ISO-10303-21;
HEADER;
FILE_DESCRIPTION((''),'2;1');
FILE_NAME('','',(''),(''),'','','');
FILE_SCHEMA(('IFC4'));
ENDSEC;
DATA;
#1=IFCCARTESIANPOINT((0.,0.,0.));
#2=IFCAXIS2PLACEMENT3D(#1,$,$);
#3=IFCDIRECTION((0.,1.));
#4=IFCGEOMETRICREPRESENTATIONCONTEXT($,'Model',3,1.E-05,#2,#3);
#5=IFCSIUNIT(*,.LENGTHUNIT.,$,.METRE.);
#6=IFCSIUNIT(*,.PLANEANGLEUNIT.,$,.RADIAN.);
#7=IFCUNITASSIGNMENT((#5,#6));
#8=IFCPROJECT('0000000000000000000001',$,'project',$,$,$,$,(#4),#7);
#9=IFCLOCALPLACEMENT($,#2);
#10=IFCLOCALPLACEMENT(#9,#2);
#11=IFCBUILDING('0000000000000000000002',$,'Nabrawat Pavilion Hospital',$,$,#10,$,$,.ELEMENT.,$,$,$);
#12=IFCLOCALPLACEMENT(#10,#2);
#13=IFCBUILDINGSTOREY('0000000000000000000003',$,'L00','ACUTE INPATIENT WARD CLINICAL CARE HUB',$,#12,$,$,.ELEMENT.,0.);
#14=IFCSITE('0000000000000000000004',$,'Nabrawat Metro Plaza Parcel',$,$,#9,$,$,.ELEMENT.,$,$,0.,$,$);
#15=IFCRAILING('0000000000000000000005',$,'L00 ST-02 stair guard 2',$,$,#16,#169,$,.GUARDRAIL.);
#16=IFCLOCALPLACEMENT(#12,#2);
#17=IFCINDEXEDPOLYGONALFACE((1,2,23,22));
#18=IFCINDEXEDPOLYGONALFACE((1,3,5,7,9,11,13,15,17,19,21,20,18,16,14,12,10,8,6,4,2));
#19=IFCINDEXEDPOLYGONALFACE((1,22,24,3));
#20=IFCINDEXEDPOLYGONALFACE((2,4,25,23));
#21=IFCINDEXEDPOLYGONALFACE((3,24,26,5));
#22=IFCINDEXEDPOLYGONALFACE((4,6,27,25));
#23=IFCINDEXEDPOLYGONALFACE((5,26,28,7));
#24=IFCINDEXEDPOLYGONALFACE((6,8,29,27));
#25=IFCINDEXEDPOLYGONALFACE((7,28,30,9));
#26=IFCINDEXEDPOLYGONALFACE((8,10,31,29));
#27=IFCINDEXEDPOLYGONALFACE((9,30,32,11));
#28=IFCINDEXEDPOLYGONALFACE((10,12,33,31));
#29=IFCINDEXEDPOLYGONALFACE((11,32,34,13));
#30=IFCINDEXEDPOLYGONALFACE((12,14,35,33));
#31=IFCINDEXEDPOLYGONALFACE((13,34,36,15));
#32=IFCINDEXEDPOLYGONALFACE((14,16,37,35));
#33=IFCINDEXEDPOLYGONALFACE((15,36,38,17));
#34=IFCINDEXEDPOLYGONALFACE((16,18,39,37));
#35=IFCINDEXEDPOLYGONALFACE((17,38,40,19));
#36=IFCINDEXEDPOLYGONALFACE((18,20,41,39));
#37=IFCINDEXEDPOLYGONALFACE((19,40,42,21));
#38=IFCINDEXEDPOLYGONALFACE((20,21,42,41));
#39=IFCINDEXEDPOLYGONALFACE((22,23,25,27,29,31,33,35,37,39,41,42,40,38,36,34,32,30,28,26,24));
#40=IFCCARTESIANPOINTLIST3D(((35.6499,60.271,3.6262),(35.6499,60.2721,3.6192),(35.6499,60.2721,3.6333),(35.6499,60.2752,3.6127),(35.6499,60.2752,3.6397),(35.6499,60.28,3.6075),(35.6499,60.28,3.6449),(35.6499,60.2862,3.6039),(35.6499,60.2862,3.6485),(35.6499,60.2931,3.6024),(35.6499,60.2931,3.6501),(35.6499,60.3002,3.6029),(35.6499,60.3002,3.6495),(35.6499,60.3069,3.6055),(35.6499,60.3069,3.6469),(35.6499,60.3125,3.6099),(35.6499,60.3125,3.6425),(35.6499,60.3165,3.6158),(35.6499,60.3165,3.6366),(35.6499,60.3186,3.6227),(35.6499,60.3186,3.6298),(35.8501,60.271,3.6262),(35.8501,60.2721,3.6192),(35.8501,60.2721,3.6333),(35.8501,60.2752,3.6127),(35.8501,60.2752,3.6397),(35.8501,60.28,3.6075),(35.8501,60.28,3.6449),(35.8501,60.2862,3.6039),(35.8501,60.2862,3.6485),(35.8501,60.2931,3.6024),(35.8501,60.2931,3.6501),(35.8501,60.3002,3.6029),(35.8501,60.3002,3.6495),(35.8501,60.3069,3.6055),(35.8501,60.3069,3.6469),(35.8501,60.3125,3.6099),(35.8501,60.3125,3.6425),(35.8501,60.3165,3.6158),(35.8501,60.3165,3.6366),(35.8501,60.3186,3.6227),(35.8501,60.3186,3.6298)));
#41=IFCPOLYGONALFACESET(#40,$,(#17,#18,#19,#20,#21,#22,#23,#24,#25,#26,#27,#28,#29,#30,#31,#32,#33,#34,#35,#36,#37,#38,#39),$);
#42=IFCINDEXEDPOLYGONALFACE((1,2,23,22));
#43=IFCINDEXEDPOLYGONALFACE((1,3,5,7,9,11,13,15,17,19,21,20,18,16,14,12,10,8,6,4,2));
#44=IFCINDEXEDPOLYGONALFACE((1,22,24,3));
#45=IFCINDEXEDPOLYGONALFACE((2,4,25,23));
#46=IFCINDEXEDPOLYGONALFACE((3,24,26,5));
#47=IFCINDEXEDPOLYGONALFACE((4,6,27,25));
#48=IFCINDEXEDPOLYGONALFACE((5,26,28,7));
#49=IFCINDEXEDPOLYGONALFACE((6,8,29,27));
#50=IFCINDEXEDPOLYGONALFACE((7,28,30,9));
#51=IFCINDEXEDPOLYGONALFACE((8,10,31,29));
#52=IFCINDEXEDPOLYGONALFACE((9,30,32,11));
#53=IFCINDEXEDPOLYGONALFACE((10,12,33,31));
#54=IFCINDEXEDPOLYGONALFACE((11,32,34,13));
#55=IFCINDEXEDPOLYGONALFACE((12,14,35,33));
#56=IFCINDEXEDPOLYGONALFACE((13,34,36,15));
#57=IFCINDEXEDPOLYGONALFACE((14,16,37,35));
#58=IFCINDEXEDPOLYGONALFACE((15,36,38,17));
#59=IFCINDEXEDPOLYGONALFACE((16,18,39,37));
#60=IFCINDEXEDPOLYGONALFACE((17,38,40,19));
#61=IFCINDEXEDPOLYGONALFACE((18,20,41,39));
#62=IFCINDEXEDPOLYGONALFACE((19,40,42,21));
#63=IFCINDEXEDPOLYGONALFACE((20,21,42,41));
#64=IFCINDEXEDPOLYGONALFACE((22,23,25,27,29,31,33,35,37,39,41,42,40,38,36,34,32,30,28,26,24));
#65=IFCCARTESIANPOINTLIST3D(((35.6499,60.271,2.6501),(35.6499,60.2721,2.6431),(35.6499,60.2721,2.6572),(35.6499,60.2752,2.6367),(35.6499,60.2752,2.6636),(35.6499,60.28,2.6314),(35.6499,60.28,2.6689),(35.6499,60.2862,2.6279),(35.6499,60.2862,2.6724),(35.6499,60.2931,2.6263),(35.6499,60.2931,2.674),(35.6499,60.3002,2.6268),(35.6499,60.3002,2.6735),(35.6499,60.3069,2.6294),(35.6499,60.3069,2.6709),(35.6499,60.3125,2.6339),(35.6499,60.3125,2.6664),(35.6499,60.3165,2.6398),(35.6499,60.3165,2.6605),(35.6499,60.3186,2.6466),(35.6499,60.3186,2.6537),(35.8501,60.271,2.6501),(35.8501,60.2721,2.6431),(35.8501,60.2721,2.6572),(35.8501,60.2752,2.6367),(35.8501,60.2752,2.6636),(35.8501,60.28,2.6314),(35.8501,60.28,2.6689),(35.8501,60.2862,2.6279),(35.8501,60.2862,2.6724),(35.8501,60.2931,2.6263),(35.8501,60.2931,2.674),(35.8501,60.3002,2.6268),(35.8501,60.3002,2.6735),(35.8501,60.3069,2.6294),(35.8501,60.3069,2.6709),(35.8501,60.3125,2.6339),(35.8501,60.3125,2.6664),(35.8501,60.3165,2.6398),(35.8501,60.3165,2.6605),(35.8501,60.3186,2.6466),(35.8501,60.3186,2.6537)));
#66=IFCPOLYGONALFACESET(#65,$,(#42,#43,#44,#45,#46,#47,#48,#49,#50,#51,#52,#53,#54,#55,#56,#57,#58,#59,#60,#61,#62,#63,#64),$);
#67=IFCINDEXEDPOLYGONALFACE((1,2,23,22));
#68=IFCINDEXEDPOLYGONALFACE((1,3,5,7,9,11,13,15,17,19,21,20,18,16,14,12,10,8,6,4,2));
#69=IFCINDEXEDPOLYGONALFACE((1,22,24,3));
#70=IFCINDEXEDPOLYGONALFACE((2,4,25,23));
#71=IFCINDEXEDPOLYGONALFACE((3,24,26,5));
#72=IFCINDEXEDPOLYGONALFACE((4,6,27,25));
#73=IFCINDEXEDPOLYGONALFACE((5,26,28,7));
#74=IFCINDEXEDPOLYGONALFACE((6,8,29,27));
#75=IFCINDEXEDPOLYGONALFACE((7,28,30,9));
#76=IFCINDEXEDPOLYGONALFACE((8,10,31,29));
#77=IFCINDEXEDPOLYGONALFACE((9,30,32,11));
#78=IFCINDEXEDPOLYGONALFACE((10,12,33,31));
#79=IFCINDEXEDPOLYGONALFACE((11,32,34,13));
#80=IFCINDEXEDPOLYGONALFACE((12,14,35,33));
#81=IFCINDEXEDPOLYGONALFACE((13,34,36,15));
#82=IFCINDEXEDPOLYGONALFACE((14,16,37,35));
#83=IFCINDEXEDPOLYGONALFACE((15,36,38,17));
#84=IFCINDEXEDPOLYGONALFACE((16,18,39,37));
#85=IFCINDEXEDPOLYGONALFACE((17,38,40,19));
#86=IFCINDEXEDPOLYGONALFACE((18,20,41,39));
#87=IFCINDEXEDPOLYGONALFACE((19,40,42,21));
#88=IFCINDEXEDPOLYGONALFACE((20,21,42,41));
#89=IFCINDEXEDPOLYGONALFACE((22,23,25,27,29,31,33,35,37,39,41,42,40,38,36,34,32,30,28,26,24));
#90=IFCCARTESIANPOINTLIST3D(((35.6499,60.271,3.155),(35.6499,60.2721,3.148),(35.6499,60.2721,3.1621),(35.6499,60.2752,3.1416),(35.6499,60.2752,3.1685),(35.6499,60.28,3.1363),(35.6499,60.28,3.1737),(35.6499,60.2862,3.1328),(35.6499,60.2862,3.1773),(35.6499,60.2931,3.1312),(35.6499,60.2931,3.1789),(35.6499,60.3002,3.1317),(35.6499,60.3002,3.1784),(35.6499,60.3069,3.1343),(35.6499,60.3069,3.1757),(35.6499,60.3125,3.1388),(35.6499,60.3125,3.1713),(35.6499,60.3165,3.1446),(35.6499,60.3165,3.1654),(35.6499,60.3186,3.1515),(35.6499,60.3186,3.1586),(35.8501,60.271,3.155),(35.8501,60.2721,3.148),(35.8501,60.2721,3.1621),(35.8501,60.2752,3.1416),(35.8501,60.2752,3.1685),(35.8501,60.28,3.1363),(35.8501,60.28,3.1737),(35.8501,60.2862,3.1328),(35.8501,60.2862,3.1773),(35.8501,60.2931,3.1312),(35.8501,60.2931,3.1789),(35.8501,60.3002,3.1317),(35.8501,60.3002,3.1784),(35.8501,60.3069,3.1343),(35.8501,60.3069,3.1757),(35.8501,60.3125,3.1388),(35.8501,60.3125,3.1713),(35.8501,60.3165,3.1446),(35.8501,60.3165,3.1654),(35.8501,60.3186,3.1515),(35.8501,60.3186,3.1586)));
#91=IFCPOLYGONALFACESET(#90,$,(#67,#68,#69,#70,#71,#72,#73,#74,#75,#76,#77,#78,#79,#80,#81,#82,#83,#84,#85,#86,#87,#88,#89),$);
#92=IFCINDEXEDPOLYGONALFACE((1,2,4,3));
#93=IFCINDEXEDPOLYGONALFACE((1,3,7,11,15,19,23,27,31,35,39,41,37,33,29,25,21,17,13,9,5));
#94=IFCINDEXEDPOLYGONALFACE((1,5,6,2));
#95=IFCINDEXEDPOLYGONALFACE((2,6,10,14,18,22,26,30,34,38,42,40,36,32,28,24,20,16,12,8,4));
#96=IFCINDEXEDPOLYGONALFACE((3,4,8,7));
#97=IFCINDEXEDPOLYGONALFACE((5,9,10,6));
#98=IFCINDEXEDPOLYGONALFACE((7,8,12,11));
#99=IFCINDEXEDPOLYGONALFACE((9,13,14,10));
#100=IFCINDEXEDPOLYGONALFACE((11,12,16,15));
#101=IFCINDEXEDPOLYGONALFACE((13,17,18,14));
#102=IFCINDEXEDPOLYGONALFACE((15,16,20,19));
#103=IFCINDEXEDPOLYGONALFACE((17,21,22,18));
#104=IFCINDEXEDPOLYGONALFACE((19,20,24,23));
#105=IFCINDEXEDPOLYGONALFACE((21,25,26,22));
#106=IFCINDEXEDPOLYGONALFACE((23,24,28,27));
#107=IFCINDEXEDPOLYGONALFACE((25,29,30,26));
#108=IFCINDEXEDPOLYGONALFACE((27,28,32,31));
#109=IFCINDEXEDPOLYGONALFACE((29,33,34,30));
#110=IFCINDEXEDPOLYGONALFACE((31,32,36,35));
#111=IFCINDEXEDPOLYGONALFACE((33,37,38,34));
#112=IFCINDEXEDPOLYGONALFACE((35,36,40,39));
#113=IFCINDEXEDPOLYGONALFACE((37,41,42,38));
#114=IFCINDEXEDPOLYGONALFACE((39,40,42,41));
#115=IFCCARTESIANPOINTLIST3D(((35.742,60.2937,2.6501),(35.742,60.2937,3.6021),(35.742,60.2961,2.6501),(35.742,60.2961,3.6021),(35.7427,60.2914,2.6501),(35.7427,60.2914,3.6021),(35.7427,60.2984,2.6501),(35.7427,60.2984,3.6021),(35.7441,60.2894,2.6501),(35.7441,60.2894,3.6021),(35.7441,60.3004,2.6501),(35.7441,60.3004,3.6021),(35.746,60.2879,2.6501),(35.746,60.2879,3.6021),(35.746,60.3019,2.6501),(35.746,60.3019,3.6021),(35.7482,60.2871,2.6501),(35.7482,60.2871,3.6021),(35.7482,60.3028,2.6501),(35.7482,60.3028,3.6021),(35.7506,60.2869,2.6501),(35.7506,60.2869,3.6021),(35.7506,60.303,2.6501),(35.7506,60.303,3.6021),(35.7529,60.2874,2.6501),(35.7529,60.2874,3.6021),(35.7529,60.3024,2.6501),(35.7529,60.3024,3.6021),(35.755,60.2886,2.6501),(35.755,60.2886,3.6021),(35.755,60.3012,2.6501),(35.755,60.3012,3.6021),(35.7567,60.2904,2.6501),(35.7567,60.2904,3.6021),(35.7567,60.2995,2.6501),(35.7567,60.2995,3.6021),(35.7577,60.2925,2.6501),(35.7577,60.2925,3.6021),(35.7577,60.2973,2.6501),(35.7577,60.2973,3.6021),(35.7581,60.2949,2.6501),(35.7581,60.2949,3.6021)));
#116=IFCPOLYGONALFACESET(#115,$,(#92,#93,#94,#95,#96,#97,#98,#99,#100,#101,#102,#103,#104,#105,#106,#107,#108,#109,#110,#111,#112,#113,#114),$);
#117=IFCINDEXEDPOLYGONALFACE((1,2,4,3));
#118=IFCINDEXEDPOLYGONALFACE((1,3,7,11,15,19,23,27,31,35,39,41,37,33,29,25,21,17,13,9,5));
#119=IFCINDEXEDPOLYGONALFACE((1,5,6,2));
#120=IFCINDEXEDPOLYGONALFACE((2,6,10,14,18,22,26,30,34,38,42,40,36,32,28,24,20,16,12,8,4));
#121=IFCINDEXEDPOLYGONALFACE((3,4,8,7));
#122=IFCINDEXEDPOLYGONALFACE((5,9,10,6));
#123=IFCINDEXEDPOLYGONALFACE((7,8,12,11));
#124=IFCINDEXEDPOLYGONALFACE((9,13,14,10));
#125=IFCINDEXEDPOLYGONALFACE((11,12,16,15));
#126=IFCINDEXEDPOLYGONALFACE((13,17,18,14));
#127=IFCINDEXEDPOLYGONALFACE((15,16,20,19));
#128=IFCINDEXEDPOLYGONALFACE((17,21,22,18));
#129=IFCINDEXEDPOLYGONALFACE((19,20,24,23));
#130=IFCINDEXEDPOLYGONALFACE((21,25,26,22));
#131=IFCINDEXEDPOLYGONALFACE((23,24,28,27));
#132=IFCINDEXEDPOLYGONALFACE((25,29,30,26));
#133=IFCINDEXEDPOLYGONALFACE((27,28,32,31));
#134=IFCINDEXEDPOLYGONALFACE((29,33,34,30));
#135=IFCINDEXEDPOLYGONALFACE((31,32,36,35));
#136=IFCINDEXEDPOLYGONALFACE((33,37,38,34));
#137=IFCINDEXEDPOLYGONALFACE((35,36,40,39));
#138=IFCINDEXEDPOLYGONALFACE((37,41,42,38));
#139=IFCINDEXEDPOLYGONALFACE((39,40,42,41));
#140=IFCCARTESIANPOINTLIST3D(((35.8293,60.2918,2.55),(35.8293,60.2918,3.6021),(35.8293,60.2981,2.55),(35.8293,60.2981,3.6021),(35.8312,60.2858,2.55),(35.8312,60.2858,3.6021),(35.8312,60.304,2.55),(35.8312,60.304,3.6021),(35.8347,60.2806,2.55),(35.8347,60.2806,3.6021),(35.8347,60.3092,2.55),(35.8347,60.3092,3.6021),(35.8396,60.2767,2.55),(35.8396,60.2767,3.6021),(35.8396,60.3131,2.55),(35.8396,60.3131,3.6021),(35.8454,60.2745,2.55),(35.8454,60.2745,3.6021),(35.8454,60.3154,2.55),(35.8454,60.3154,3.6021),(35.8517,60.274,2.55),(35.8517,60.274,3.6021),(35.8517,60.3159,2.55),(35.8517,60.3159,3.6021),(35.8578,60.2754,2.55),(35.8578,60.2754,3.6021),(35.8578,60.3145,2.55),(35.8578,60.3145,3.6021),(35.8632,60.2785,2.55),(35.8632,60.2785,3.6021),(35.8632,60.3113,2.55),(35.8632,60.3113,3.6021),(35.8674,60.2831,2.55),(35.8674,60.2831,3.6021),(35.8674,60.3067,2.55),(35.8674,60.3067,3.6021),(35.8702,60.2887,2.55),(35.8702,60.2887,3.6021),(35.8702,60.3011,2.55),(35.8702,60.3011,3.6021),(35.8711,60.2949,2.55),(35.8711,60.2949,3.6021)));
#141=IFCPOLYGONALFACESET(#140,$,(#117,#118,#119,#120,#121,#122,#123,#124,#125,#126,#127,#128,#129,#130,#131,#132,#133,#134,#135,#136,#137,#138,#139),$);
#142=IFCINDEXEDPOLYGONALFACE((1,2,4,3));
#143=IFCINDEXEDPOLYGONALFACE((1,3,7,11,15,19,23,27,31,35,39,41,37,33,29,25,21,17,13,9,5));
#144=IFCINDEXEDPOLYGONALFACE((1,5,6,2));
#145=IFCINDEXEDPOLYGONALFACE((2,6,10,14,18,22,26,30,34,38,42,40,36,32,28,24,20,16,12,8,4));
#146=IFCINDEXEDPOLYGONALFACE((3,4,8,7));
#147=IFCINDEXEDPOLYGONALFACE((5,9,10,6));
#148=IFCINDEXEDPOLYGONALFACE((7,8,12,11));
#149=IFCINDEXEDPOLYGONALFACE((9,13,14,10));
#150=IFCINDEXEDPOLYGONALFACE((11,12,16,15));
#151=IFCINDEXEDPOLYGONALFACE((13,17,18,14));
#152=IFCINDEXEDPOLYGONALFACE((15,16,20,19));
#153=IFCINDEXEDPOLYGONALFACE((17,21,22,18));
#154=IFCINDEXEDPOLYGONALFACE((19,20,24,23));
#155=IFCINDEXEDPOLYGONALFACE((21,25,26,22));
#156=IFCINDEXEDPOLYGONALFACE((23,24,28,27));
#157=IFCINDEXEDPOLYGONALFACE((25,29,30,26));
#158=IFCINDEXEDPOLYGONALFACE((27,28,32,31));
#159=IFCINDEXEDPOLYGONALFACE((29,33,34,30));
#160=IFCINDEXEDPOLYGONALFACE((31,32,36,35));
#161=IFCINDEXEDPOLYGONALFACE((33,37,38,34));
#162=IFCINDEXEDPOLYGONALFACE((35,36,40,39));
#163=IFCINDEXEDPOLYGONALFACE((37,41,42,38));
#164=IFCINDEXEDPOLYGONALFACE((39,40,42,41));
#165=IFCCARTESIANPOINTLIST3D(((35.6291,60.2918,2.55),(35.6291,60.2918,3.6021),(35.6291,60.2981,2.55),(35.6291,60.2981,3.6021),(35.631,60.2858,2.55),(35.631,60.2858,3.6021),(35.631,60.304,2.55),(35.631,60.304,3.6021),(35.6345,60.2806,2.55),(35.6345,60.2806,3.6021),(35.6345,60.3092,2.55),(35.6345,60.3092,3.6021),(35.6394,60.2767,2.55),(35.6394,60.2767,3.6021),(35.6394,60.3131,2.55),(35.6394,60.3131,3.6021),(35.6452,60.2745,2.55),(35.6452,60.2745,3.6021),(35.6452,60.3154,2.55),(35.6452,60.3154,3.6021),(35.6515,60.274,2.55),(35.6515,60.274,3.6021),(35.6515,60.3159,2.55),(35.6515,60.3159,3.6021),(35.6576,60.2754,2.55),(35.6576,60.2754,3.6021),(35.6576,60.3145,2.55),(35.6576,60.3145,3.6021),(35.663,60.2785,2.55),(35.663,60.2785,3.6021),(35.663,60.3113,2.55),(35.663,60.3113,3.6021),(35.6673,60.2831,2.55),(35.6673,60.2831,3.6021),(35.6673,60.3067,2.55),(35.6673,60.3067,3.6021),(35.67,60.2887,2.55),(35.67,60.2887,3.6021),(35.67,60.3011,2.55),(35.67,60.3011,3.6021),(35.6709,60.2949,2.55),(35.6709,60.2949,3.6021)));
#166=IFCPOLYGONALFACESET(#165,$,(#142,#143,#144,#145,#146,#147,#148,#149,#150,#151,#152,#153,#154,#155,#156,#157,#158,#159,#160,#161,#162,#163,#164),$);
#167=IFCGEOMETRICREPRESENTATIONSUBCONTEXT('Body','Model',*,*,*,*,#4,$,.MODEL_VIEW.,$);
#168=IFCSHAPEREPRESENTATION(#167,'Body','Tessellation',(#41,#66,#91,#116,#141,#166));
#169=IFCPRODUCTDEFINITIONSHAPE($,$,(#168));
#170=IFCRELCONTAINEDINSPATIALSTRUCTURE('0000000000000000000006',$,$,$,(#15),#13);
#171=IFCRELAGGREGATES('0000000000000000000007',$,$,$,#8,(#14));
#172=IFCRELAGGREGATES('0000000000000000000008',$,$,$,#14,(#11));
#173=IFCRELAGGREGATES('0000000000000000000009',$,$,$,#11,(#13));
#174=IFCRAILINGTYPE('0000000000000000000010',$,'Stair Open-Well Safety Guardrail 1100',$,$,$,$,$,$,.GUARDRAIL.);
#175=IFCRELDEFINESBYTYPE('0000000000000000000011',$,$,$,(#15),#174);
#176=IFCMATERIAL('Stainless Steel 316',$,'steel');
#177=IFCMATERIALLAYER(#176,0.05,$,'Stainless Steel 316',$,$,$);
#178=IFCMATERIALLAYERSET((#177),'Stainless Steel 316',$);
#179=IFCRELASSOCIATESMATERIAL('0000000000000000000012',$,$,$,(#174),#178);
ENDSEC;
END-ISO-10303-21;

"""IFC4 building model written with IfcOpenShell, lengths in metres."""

from ifc_helpers import new_model, si_unit, direction, frame, origin, origin_2d, place, context, subcontext, project, spatial, circle, extrude, material, layer, layer_set, type_object, element, save


model = new_model("IFC4")

# Units and contexts
model_context = context("Model", 3, precision=1e-05, world=origin(), true_north=direction((0.0, 1.0)))
body_context = subcontext(model_context, "Body", "Model", "MODEL_VIEW")
ifc_project = project(units=[si_unit("LENGTHUNIT", "METRE"), si_unit("PLANEANGLEUNIT", "RADIAN")], contexts=[model_context])

# Site, building, storey
site_placement = place(None, origin())
site = spatial("IfcSite", under=ifc_project, at=site_placement, Name="Nabrawat Metro Plaza Parcel", CompositionType="ELEMENT", RefElevation=0.0)
building_placement = place(site_placement, origin())
building = spatial("IfcBuilding", under=site, at=building_placement, Name="Nabrawat Pavilion Hospital", CompositionType="ELEMENT")
storey_placement = place(building_placement, origin())
storey = spatial("IfcBuildingStorey", under=building, at=storey_placement, Name="L00", Description="ACUTE INPATIENT WARD CLINICAL CARE HUB", CompositionType="ELEMENT", Elevation=0.0)

# Railing
ifc_material_1 = material(Name="Stainless Steel 316", Category="steel")
ifc_layer_1 = layer(ifc_material_1, 0.05, Name="Stainless Steel 316")
ifc_layer_set_1 = layer_set([ifc_layer_1], Name="Stainless Steel 316")
railing_type_1 = type_object("IfcRailingType", Name="Stair Open-Well Safety Guardrail 1100", PredefinedType="GUARDRAIL", material=ifc_layer_set_1)
railing_1_placement = place(storey_placement, frame((35.8501, 60.2949, 2.55)))
element("IfcRailing", 1, at=railing_1_placement, inside=storey, type_object=railing_type_1, Name="L00 ST-02 stair guard 2", PredefinedType="GUARDRAIL", context=body_context, shape_type="SweptSolid", body=[
    extrude(circle(Radius=0.0239, at=origin_2d()), frame((0.0, 0.0, 1.0762), z_axis=(-1.0, 0.0, 0.0), x_axis=(0.0, -1.0, 0.0)), (0.0, 0.0, 1.0), 0.2002),
    extrude(circle(Radius=0.0239, at=origin_2d()), frame((0.0, 0.0, 0.1001), z_axis=(-1.0, 0.0, 0.0), x_axis=(0.0, -1.0, 0.0)), (0.0, 0.0, 1.0), 0.2002),
    extrude(circle(Radius=0.0239, at=origin_2d()), frame((0.0, 0.0, 0.605), z_axis=(-1.0, 0.0, 0.0), x_axis=(0.0, -1.0, 0.0)), (0.0, 0.0, 1.0), 0.2002),
    extrude(circle(Radius=0.0081, at=origin_2d()), frame((-0.1001, 0.0, 0.1001)), (0.0, 0.0, 1.0), 0.9519),
    extrude(circle(Radius=0.021, at=origin_2d()), origin(), (0.0, 0.0, 1.0), 1.052),
    extrude(circle(Radius=0.021, at=origin_2d()), frame((-0.2002, 0.0, 0.0)), (0.0, 0.0, 1.0), 1.052),
])

save(model, "model.ifc")
